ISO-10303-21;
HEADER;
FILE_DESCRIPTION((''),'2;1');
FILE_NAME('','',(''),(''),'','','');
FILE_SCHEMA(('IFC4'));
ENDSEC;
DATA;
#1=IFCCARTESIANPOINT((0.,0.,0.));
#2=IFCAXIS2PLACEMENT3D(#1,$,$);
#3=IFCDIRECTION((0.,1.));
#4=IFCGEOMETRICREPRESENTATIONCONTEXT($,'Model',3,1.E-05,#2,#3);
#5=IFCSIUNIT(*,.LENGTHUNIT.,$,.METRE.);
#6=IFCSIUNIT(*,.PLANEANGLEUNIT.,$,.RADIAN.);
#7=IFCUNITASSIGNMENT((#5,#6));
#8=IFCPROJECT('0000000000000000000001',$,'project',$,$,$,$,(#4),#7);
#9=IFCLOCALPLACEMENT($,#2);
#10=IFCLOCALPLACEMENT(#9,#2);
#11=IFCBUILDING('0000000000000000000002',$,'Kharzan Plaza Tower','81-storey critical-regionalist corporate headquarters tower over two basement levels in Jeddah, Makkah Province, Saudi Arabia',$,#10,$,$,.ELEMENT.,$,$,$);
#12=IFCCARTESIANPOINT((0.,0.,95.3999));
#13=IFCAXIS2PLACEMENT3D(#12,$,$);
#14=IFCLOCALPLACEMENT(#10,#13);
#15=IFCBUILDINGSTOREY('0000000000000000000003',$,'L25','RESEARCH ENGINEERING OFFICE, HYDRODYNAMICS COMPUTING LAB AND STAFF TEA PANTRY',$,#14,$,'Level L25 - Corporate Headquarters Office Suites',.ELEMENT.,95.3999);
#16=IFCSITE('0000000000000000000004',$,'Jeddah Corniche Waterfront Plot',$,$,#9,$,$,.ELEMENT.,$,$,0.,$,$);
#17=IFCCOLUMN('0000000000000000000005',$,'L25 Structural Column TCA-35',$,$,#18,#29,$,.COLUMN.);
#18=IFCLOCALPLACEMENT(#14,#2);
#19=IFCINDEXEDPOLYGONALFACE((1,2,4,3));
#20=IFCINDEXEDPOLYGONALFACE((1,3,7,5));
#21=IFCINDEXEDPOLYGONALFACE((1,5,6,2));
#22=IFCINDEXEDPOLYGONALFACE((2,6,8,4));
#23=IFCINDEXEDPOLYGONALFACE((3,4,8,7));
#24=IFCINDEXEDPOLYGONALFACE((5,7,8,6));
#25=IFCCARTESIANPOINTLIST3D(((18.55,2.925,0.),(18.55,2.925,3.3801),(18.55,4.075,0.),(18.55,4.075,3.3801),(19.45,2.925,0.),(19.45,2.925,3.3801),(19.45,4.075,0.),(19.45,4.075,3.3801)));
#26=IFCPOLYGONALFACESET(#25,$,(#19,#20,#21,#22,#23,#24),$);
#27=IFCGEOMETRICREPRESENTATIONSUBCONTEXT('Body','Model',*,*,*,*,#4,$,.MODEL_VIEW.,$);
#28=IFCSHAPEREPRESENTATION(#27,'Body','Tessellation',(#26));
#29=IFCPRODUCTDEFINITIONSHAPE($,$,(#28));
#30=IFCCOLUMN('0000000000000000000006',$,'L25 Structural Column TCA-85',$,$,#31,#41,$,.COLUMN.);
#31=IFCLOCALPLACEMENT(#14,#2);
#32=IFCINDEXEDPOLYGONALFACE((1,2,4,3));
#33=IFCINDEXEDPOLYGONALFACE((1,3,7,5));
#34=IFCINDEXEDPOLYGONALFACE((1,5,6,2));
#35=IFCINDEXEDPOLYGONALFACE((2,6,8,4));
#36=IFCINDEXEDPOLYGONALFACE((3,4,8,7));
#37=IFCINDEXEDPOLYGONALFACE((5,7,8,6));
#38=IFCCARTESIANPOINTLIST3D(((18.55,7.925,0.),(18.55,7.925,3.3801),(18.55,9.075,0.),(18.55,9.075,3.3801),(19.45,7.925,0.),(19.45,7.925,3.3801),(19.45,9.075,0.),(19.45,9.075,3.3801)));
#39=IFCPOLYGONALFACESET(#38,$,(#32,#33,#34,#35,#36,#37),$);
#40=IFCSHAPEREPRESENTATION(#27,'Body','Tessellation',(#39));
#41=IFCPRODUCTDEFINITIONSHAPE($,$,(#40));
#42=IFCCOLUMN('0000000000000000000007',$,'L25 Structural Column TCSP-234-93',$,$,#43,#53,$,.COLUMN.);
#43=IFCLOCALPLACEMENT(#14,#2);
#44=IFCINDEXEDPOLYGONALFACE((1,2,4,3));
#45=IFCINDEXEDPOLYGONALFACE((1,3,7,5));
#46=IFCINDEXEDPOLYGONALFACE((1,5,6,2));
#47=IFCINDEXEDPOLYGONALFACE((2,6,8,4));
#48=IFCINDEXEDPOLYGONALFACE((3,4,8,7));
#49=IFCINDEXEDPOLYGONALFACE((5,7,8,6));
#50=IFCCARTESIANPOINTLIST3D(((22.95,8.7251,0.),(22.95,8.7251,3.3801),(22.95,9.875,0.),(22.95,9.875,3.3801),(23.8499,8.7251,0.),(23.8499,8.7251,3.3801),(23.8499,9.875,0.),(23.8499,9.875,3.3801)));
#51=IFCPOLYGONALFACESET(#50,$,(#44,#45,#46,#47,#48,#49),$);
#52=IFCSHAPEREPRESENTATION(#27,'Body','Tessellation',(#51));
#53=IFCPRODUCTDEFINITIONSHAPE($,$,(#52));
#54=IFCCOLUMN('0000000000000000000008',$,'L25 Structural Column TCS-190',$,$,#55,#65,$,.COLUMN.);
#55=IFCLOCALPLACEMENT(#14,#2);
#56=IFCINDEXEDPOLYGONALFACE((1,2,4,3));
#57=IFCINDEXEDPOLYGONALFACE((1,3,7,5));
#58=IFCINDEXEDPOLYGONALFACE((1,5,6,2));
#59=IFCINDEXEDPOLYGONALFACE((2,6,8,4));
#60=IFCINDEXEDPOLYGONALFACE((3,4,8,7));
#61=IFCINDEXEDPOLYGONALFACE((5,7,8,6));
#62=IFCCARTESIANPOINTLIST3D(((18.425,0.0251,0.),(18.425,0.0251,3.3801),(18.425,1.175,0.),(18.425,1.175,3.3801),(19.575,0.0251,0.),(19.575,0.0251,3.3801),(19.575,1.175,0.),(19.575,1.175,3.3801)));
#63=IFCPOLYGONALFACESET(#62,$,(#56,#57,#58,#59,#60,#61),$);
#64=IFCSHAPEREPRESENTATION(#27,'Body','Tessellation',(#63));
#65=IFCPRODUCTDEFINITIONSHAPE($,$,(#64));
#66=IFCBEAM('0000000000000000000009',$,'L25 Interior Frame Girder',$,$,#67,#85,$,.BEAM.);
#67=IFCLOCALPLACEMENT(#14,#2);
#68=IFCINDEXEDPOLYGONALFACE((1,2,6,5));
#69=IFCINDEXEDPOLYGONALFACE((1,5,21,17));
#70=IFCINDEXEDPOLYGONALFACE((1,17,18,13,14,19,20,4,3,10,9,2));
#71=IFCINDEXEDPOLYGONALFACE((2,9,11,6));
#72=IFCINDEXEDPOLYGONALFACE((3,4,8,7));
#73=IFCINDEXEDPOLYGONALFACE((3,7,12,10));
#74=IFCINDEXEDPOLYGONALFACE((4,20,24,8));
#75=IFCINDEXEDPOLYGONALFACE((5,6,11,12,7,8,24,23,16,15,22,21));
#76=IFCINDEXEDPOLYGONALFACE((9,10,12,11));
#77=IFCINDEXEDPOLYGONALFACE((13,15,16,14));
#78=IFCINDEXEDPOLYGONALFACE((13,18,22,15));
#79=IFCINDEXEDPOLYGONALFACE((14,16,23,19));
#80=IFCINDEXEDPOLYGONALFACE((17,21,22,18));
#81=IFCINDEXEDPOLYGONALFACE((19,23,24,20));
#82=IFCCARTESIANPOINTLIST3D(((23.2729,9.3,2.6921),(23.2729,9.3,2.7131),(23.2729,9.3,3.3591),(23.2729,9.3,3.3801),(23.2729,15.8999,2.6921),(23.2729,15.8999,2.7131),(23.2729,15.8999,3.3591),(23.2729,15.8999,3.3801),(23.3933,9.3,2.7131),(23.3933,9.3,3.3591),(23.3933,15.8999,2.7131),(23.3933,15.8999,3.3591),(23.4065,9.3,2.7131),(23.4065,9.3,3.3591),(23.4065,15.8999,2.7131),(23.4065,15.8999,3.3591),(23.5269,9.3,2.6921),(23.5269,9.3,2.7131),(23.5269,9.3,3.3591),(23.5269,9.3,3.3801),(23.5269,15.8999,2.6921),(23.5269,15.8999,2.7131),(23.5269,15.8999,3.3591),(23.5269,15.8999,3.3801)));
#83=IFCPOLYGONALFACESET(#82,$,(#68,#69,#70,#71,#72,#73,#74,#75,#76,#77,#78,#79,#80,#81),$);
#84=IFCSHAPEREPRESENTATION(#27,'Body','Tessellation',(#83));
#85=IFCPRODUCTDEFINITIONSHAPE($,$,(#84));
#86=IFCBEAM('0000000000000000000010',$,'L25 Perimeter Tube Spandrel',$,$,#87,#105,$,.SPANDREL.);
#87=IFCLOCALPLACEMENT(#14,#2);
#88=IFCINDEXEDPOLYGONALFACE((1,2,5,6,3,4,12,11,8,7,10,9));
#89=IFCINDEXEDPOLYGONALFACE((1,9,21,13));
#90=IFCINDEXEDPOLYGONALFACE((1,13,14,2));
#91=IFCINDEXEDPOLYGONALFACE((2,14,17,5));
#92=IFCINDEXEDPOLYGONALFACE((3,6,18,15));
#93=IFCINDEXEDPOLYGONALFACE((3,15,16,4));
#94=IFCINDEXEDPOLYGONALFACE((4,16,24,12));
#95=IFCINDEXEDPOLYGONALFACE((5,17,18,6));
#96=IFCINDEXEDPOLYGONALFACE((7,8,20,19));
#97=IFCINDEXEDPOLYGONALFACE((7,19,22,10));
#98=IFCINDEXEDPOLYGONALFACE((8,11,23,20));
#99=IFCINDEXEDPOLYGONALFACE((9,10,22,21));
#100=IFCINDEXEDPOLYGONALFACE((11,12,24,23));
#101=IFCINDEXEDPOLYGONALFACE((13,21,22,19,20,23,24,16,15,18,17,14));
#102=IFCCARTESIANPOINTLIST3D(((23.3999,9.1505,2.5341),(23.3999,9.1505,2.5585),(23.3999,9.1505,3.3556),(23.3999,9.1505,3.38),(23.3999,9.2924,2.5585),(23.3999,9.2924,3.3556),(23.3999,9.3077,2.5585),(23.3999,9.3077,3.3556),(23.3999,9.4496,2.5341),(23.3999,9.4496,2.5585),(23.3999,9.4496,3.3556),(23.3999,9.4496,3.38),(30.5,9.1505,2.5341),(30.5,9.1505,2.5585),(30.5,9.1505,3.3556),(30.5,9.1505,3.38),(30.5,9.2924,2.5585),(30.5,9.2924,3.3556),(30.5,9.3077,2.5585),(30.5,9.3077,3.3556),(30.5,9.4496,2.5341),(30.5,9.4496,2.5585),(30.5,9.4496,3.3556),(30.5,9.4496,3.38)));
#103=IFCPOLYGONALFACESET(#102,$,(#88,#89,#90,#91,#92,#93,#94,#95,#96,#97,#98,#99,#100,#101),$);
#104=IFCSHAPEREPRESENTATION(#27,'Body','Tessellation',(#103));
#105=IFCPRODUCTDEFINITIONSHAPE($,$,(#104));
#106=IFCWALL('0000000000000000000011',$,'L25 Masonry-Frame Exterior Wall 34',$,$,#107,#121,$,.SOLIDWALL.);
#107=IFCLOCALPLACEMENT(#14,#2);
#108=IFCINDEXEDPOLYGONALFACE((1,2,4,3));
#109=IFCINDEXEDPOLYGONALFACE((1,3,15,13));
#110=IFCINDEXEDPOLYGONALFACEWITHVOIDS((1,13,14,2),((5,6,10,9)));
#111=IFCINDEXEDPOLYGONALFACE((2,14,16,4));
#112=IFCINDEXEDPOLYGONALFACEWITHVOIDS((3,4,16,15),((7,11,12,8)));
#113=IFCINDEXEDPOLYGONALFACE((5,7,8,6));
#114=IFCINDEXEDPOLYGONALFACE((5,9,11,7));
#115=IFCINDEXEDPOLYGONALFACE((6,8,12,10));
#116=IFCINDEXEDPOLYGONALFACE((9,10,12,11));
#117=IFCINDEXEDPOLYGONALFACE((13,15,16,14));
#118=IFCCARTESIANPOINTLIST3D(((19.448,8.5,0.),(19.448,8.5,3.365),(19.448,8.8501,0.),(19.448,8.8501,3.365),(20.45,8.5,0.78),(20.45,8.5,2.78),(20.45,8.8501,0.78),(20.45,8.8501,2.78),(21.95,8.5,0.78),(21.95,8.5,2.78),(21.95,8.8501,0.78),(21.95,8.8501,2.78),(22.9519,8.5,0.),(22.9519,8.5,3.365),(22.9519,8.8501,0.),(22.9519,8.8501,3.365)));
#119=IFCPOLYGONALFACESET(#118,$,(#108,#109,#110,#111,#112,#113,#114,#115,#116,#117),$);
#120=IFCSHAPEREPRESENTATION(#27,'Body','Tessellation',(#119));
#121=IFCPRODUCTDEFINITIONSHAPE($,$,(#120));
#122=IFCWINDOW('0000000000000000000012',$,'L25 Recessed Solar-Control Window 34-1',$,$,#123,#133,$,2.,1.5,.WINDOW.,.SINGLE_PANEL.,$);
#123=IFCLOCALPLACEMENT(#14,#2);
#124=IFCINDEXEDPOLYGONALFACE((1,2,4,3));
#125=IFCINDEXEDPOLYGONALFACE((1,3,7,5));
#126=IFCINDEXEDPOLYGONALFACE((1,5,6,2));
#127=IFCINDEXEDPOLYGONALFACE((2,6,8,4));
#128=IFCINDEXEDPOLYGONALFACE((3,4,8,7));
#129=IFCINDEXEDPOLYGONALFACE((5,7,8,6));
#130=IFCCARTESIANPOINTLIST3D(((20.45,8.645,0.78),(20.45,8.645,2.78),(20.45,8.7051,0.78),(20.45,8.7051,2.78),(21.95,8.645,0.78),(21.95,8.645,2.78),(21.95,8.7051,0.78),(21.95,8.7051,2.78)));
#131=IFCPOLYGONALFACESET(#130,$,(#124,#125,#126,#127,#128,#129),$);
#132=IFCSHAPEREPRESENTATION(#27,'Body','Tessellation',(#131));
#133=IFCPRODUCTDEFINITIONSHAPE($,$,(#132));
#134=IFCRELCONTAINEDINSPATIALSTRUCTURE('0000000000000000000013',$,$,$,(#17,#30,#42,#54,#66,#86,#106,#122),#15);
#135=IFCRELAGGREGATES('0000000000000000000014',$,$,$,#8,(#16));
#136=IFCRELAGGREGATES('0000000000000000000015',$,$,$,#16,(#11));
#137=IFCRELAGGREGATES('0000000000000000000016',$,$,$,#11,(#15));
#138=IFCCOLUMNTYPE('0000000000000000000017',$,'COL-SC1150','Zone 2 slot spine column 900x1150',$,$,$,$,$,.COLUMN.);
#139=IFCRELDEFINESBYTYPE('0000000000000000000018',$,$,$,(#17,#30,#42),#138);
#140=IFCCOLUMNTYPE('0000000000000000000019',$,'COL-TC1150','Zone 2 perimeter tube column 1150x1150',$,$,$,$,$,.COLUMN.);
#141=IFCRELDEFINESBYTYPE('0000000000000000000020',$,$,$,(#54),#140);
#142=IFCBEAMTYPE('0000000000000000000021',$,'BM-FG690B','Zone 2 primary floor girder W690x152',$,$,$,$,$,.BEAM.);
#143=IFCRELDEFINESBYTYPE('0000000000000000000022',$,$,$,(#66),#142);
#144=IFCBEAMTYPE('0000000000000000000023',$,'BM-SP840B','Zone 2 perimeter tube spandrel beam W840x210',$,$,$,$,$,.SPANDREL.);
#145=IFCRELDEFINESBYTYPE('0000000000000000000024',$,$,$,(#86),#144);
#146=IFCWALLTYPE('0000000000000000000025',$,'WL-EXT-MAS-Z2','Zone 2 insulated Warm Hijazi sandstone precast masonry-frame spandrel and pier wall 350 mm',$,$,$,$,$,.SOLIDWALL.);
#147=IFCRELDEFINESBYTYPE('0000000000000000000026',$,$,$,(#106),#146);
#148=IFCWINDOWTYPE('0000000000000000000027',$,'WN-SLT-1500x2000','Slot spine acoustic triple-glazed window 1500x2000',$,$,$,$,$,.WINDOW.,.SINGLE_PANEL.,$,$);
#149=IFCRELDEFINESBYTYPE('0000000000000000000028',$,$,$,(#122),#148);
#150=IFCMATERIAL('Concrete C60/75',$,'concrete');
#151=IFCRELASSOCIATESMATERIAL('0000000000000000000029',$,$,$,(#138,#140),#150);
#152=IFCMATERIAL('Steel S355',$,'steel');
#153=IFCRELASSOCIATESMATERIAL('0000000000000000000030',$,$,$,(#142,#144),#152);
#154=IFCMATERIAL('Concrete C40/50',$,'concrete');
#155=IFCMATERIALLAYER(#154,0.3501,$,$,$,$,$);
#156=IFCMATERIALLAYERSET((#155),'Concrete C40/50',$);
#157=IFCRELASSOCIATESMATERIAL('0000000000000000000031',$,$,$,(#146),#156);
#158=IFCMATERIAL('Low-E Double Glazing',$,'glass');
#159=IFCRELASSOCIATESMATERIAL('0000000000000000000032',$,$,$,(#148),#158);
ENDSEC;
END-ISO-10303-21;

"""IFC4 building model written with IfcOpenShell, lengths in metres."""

from ifc_helpers import new_model, si_unit, direction, frame, frame_2d, origin, origin_2d, place, context, subcontext, project, spatial, rectangle, i_section, extrude, source, transform, mapped, material, layer, layer_set, material_profile, profile_set, type_object, element, fill, save


model = new_model("IFC4")

# Units and contexts
model_context = context("Model", 3, precision=1e-05, world=origin(), true_north=direction((0.0, 1.0)))
body_context = subcontext(model_context, "Body", "Model", "MODEL_VIEW")
ifc_project = project(units=[si_unit("LENGTHUNIT", "METRE"), si_unit("PLANEANGLEUNIT", "RADIAN")], contexts=[model_context])

# Site, building, storey
site_placement = place(None, origin())
site = spatial("IfcSite", under=ifc_project, at=site_placement, Name="Jeddah Corniche Waterfront Plot", CompositionType="ELEMENT", RefElevation=0.0)
building_placement = place(site_placement, origin())
building = spatial("IfcBuilding", under=site, at=building_placement, Name="Kharzan Plaza Tower", Description="81-storey critical-regionalist corporate headquarters tower over two basement levels in Jeddah, Makkah Province, Saudi Arabia", CompositionType="ELEMENT")
storey_placement = place(building_placement, frame((0.0, 0.0, 95.3999)))
storey = spatial("IfcBuildingStorey", under=building, at=storey_placement, Name="L25", Description="RESEARCH ENGINEERING OFFICE, HYDRODYNAMICS COMPUTING LAB AND STAFF TEA PANTRY", LongName="Level L25 - Corporate Headquarters Office Suites", CompositionType="ELEMENT", Elevation=95.3999)

# Columns
ifc_material_1 = material(Name="Concrete C60/75", Category="concrete")
ifc_material_profile_1 = material_profile(ifc_material_1, rectangle(XDim=0.8999, YDim=1.1499, at=origin_2d()), Name="RC-SC1150x900")
ifc_profile_set_1 = profile_set([ifc_material_profile_1], Name="Concrete C60/75")
column_type_1 = type_object("IfcColumnType", Name="COL-SC1150", Description="Zone 2 slot spine column 900x1150", PredefinedType="COLUMN", material=ifc_profile_set_1)
shared_shape_1 = source(origin(), body_context, "Body", "SweptSolid", [
    extrude(rectangle(XDim=0.8999, YDim=1.1499, at=origin_2d()), origin(), (0.0, 0.0, 1.0), 3.3801),
])
for number, where, z_axis, x_axis, name in (
    (1, (19.0, 3.5, 0.0), (0.0, 0.0, 1.0), (1.0, 0.0, 0.0), "L25 Structural Column TCA-35"),
    (2, (19.0, 8.5, 0.0), (0.0, 0.0, 1.0), (1.0, 0.0, 0.0), "L25 Structural Column TCA-85"),
    (3, (23.3999, 9.3, 0.0), (0.0, 0.0, 1.0), (1.0, 0.0, 0.0), "L25 Structural Column TCSP-234-93"),
):
    element("IfcColumn", number, at=place(storey_placement, frame(where, z_axis=z_axis, x_axis=x_axis)), inside=storey, type_object=column_type_1, Name=name, PredefinedType="COLUMN", context=body_context, shape_type="MappedRepresentation", body=[
        mapped(shared_shape_1, transform((0.0, 0.0, 0.0), x_axis=(1.0, 0.0, 0.0), y_axis=(0.0, 1.0, 0.0), z_axis=(0.0, 0.0, 1.0))),
    ])
ifc_material_profile_2 = material_profile(ifc_material_1, rectangle(XDim=1.1499, YDim=1.1499, at=origin_2d()), Name="RC-TC1150x1150")
ifc_profile_set_2 = profile_set([ifc_material_profile_2], Name="Concrete C60/75")
column_type_2 = type_object("IfcColumnType", Name="COL-TC1150", Description="Zone 2 perimeter tube column 1150x1150", PredefinedType="COLUMN", material=ifc_profile_set_2)
shared_shape_2 = source(origin(), body_context, "Body", "SweptSolid", [
    extrude(rectangle(XDim=1.1499, YDim=1.1499, at=origin_2d()), origin(), (0.0, 0.0, 1.0), 3.3801),
])
column_placement = place(storey_placement, frame((19.0, 0.6001, 0.0), z_axis=(0.0, 0.0, 1.0), x_axis=(1.0, 0.0, 0.0)))
element("IfcColumn", 4, at=column_placement, inside=storey, type_object=column_type_2, Name="L25 Structural Column TCS-190", PredefinedType="COLUMN", context=body_context, shape_type="MappedRepresentation", body=[
    mapped(shared_shape_2, transform((0.0, 0.0, 0.0), x_axis=(1.0, 0.0, 0.0), y_axis=(0.0, 1.0, 0.0), z_axis=(0.0, 0.0, 1.0))),
])

# Beams
ifc_material_2 = material(Name="Steel S355", Category="steel")
ifc_material_profile_3 = material_profile(ifc_material_2, i_section(OverallWidth=0.2539, OverallDepth=0.688, WebThickness=0.0132, FlangeThickness=0.021, at=origin_2d()), Name="W690x152")
ifc_profile_set_3 = profile_set([ifc_material_profile_3], Name="Steel S355")
beam_type_1 = type_object("IfcBeamType", Name="BM-FG690B", Description="Zone 2 primary floor girder W690x152", PredefinedType="BEAM", material=ifc_profile_set_3)
shared_shape_3 = source(origin(), body_context, "Body", "SweptSolid", [
    extrude(i_section(OverallWidth=0.2539, OverallDepth=0.688, WebThickness=0.0132, FlangeThickness=0.021, at=origin_2d()), origin(), (0.0, 0.0, 1.0), 6.5999),
])
beam_1_placement = place(storey_placement, frame((23.3999, 9.3, 3.0361), z_axis=(0.0, 1.0, 0.0), x_axis=(-1.0, 0.0, 0.0)))
element("IfcBeam", 5, at=beam_1_placement, inside=storey, type_object=beam_type_1, Name="L25 Interior Frame Girder", PredefinedType="BEAM", context=body_context, shape_type="MappedRepresentation", body=[
    mapped(shared_shape_3, transform((0.0, 0.0, 0.0), x_axis=(1.0, 0.0, 0.0), y_axis=(0.0, 1.0, 0.0), z_axis=(0.0, 0.0, 1.0))),
])
ifc_material_profile_4 = material_profile(ifc_material_2, i_section(OverallWidth=0.2991, OverallDepth=0.8459, WebThickness=0.0154, FlangeThickness=0.0244, at=origin_2d()), Name="W840x210")
ifc_profile_set_4 = profile_set([ifc_material_profile_4], Name="Steel S355")
beam_type_2 = type_object("IfcBeamType", Name="BM-SP840B", Description="Zone 2 perimeter tube spandrel beam W840x210", PredefinedType="SPANDREL", material=ifc_profile_set_4)
shared_shape_4 = source(origin(), body_context, "Body", "SweptSolid", [
    extrude(i_section(OverallWidth=0.2991, OverallDepth=0.8459, WebThickness=0.0154, FlangeThickness=0.0244, at=origin_2d()), origin(), (0.0, 0.0, 1.0), 7.1001),
])
beam_2_placement = place(storey_placement, frame((23.3999, 9.3, 2.957), z_axis=(1.0, 0.0, 0.0), x_axis=(0.0, 1.0, 0.0)))
element("IfcBeam", 6, at=beam_2_placement, inside=storey, type_object=beam_type_2, Name="L25 Perimeter Tube Spandrel", PredefinedType="SPANDREL", context=body_context, shape_type="MappedRepresentation", body=[
    mapped(shared_shape_4, transform((0.0, 0.0, 0.0), x_axis=(1.0, 0.0, 0.0), y_axis=(0.0, 1.0, 0.0), z_axis=(0.0, 0.0, 1.0))),
])

# Wall, opening, window
ifc_material_3 = material(Name="Concrete C40/50", Category="concrete")
ifc_layer_1 = layer(ifc_material_3, 0.3501)
ifc_layer_set_1 = layer_set([ifc_layer_1], Name="Concrete C40/50")
wall_type_1 = type_object("IfcWallType", Name="WL-EXT-MAS-Z2", Description="Zone 2 insulated Warm Hijazi sandstone precast masonry-frame spandrel and pier wall 350 mm", PredefinedType="SOLIDWALL", material=ifc_layer_set_1)
wall_1_placement = place(storey_placement, frame((19.448, 8.675, 0.0), z_axis=(0.0, 0.0, 1.0), x_axis=(1.0, 0.0, 0.0)))
wall_1 = element("IfcWall", 7, at=wall_1_placement, inside=storey, type_object=wall_type_1, Name="L25 Masonry-Frame Exterior Wall 34", PredefinedType="SOLIDWALL", context=body_context, shape_type="SweptSolid", body=[
    extrude(rectangle(XDim=3.5039, YDim=0.3501, at=frame_2d((1.752, 0.0))), origin(), (0.0, 0.0, 1.0), 3.365),
])
opening_1_placement = place(wall_1_placement, frame((1.002, 0.0, 0.78)))
opening_1 = element("IfcOpeningElement", 8, at=opening_1_placement, cuts=wall_1, PredefinedType="OPENING", context=body_context, shape_type="SweptSolid", body=[
    extrude(rectangle(XDim=1.5, YDim=2.0, at=frame_2d((0.75, 1.0))), frame((0.0, 0.1851, 0.0), z_axis=(0.0, -1.0, 0.0), x_axis=(1.0, 0.0, 0.0)), (0.0, 0.0, 1.0), 0.3701),
])
ifc_material_4 = material(Name="Low-E Double Glazing", Category="glass")
window_type = type_object("IfcWindowType", Name="WN-SLT-1500x2000", Description="Slot spine acoustic triple-glazed window 1500x2000", PartitioningType="SINGLE_PANEL", PredefinedType="WINDOW", material=ifc_material_4)
shared_shape_5 = source(origin(), body_context, "Body", "SweptSolid", [
    extrude(rectangle(XDim=1.5, YDim=2.0, at=frame_2d((0.75, 1.0))), frame((0.0, 0.03, 0.0), z_axis=(0.0, -1.0, 0.0), x_axis=(1.0, 0.0, 0.0)), (0.0, 0.0, 1.0), 0.0601),
])
window_1_placement = place(opening_1_placement, origin())
window_1 = element("IfcWindow", 9, at=window_1_placement, inside=storey, type_object=window_type, Name="L25 Recessed Solar-Control Window 34-1", OverallHeight=2.0, OverallWidth=1.5, PartitioningType="SINGLE_PANEL", PredefinedType="WINDOW", context=body_context, shape_type="MappedRepresentation", body=[
    mapped(shared_shape_5, transform((0.0, 0.0, 0.0), x_axis=(1.0, 0.0, 0.0), y_axis=(0.0, 1.0, 0.0), z_axis=(0.0, 0.0, 1.0))),
])
fill(opening_1, window_1)

save(model, "model.ifc")
